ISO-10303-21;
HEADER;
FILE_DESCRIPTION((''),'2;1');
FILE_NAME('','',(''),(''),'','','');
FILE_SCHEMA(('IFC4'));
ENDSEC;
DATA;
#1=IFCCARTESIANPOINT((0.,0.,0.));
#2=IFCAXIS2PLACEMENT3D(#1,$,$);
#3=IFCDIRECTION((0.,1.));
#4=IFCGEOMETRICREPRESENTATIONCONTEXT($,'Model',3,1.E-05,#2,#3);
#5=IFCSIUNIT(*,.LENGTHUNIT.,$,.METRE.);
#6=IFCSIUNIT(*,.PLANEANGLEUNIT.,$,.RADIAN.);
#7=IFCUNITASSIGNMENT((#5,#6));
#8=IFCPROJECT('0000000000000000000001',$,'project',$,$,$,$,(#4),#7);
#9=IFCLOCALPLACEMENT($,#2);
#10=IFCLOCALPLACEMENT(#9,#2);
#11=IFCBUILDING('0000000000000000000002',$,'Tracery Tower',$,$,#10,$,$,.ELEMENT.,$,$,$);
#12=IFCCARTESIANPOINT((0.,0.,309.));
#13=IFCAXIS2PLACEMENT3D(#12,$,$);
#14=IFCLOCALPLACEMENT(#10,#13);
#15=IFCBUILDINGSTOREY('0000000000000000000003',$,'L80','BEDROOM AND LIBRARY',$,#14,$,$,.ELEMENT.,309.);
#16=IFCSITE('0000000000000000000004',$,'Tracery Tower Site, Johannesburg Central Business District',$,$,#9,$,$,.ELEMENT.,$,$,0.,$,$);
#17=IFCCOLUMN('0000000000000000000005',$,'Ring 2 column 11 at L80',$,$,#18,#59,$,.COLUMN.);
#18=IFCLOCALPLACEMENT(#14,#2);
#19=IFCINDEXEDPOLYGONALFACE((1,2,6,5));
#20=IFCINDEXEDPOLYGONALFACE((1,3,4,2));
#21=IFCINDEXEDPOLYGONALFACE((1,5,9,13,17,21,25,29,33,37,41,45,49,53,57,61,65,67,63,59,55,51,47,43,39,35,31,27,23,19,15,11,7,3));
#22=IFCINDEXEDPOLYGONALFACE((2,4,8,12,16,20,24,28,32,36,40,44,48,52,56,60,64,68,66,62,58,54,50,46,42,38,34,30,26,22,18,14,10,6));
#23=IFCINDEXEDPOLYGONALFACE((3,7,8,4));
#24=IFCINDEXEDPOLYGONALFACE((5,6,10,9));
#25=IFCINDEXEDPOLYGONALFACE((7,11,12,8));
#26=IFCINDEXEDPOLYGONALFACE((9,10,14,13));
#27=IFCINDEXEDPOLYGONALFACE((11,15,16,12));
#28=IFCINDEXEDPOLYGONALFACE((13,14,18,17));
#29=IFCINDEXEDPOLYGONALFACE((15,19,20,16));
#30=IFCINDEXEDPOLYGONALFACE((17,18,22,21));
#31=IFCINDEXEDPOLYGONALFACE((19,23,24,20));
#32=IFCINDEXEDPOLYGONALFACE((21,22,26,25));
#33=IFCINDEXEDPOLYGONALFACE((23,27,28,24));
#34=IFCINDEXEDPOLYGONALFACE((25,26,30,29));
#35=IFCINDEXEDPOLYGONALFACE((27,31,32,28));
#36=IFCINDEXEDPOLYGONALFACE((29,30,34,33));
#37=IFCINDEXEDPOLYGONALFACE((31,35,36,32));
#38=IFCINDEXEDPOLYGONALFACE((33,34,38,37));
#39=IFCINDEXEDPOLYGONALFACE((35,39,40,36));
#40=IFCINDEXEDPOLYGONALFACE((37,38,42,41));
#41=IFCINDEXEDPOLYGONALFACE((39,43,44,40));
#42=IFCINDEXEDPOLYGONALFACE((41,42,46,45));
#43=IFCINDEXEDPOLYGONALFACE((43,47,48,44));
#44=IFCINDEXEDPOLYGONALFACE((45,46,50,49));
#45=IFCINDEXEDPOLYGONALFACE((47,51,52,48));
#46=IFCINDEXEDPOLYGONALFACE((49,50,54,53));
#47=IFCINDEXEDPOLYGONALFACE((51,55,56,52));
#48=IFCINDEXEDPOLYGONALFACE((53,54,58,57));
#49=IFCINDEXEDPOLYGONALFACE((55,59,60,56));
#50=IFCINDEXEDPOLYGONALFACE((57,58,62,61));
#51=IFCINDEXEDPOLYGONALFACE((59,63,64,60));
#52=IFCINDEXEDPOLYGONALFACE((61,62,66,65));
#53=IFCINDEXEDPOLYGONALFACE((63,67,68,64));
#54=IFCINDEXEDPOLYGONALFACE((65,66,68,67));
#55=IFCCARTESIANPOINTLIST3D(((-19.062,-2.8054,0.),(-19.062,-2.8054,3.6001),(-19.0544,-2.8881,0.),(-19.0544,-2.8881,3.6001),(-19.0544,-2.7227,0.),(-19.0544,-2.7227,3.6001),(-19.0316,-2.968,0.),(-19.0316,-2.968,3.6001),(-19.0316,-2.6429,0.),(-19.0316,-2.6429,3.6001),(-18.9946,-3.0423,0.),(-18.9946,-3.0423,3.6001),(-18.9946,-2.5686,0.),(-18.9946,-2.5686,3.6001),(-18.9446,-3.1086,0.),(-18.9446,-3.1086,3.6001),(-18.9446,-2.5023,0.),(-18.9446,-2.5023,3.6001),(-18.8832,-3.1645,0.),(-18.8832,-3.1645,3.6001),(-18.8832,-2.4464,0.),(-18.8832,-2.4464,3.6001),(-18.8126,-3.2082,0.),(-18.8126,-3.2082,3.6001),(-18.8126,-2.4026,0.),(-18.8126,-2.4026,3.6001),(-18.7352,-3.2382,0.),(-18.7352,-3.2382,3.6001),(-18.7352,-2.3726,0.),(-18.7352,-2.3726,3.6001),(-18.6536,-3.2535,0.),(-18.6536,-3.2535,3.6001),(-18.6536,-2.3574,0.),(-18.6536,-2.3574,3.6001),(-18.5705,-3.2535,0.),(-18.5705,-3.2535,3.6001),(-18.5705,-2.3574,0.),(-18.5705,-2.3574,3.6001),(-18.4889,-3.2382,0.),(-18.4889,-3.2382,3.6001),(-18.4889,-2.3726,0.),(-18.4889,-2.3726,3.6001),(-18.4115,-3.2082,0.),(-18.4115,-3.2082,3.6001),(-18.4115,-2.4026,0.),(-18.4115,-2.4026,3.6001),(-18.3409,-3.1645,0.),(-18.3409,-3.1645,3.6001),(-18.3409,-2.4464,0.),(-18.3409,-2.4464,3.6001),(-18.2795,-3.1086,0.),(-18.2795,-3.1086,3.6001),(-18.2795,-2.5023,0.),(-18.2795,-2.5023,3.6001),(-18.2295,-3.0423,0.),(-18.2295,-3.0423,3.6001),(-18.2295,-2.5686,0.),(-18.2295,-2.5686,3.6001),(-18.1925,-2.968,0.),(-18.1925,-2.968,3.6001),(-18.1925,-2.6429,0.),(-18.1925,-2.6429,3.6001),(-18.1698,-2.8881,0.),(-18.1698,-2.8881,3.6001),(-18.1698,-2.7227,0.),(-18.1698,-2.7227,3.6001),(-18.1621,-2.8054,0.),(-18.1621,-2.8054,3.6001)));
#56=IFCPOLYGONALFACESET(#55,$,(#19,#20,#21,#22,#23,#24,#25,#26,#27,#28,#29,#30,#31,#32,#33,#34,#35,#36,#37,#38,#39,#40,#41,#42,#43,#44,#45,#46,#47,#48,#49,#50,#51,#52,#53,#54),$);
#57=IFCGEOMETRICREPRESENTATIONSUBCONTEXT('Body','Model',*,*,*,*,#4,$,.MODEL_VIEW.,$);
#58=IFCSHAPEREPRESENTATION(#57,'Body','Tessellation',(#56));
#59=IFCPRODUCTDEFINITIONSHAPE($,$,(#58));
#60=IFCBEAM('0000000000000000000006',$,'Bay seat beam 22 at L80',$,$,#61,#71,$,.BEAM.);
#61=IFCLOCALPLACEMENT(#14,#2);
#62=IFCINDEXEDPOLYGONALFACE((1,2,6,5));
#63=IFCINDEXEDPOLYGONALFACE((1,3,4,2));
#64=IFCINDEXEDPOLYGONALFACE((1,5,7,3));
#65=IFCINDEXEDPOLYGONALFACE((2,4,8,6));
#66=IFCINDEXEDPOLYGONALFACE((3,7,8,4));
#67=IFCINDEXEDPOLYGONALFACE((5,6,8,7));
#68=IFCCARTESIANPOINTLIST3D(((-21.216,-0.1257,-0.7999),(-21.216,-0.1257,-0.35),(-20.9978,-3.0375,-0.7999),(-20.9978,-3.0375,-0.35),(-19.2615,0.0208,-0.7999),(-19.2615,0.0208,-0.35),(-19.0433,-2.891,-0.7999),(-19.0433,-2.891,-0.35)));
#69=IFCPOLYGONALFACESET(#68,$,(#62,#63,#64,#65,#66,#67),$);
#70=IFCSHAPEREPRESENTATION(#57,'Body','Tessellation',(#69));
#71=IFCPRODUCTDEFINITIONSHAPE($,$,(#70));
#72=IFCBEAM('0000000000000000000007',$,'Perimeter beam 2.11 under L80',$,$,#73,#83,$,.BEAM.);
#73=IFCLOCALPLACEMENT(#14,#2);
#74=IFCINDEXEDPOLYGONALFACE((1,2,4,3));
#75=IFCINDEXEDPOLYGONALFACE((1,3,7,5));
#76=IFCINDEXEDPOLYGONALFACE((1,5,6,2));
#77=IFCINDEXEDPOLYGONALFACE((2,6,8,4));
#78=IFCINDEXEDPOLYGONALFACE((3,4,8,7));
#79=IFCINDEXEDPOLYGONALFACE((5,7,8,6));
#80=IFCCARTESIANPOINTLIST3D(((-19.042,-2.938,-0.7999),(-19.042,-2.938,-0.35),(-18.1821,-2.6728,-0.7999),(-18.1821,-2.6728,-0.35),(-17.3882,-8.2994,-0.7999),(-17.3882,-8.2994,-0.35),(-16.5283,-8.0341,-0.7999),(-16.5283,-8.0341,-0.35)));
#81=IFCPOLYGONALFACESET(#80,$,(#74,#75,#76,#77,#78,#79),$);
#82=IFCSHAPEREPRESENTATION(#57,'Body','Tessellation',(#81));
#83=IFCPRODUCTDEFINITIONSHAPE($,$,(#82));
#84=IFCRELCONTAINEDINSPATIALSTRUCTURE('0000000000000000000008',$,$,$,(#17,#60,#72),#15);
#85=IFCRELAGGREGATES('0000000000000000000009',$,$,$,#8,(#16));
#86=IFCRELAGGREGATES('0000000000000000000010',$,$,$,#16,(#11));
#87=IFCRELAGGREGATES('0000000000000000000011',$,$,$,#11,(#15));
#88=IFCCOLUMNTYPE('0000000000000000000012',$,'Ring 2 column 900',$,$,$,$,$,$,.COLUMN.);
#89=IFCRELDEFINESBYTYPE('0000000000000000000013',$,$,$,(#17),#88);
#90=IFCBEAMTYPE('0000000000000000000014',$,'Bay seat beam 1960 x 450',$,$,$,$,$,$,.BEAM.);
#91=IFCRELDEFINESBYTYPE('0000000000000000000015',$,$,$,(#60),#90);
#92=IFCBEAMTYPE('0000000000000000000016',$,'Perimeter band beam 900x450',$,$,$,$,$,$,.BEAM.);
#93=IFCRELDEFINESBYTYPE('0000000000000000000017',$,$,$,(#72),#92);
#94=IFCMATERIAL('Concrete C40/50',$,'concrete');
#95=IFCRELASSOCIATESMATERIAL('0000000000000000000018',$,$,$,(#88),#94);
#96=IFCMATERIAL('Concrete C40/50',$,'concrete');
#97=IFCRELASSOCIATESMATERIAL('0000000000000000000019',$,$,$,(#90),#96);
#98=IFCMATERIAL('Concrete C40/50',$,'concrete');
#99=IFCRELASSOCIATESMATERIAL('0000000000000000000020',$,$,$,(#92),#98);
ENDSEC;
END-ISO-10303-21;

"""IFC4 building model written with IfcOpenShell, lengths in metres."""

from ifc_helpers import new_model, si_unit, direction, frame, origin, origin_2d, place, context, subcontext, project, spatial, rectangle, circle, extrude, material, material_profile, profile_set, type_object, element, save


model = new_model("IFC4")

# Units and contexts
model_context = context("Model", 3, precision=1e-05, world=origin(), true_north=direction((0.0, 1.0)))
body_context = subcontext(model_context, "Body", "Model", "MODEL_VIEW")
ifc_project = project(units=[si_unit("LENGTHUNIT", "METRE"), si_unit("PLANEANGLEUNIT", "RADIAN")], contexts=[model_context])

# Site, building, storey
site_placement = place(None, origin())
site = spatial("IfcSite", under=ifc_project, at=site_placement, Name="Tracery Tower Site, Johannesburg Central Business District", CompositionType="ELEMENT", RefElevation=0.0)
building_placement = place(site_placement, origin())
building = spatial("IfcBuilding", under=site, at=building_placement, Name="Tracery Tower", CompositionType="ELEMENT")
storey_placement = place(building_placement, frame((0.0, 0.0, 309.0)))
storey = spatial("IfcBuildingStorey", under=building, at=storey_placement, Name="L80", Description="BEDROOM AND LIBRARY", CompositionType="ELEMENT", Elevation=309.0)

# Column
ifc_material_1 = material(Name="Concrete C40/50", Category="concrete")
ifc_material_profile_1 = material_profile(ifc_material_1, circle(Radius=0.45, at=origin_2d()), Name="RC D900")
ifc_profile_set_1 = profile_set([ifc_material_profile_1], Name="Concrete C40/50")
column_type = type_object("IfcColumnType", Name="Ring 2 column 900", PredefinedType="COLUMN", material=ifc_profile_set_1)
column_placement = place(storey_placement, frame((-18.6121, -2.8054, 0.0), z_axis=(0.0, 0.0, 1.0), x_axis=(1.0, 0.0, 0.0)))
element("IfcColumn", 1, at=column_placement, inside=storey, type_object=column_type, Name="Ring 2 column 11 at L80", PredefinedType="COLUMN", context=body_context, shape_type="SweptSolid", body=[
    extrude(circle(Radius=0.45, at=origin_2d()), origin(), (0.0, 0.0, 1.0), 3.6001),
])

# Beams
ifc_material_2 = material(Name="Concrete C40/50", Category="concrete")
ifc_material_profile_2 = material_profile(ifc_material_2, rectangle(XDim=1.96, YDim=0.45, at=origin_2d()), Name="RC 1960x450")
ifc_profile_set_2 = profile_set([ifc_material_profile_2], Name="Concrete C40/50")
beam_type_1 = type_object("IfcBeamType", Name="Bay seat beam 1960 x 450", PredefinedType="BEAM", material=ifc_profile_set_2)
beam_1_placement = place(storey_placement, frame((-20.2388, -0.0525, -0.575), z_axis=(0.074746, -0.997203, 0.0), x_axis=(0.997203, 0.074746, 0.0)))
element("IfcBeam", 2, at=beam_1_placement, inside=storey, type_object=beam_type_1, Name="Bay seat beam 22 at L80", PredefinedType="BEAM", context=body_context, shape_type="SweptSolid", body=[
    extrude(rectangle(XDim=1.96, YDim=0.45, at=origin_2d()), origin(), (0.0, 0.0, 1.0), 2.9199),
])
ifc_material_3 = material(Name="Concrete C40/50", Category="concrete")
ifc_material_profile_3 = material_profile(ifc_material_3, rectangle(XDim=0.8999, YDim=0.45, at=origin_2d()), Name="RC 900x450")
ifc_profile_set_3 = profile_set([ifc_material_profile_3], Name="Concrete C40/50")
beam_type_2 = type_object("IfcBeamType", Name="Perimeter band beam 900x450", PredefinedType="BEAM", material=ifc_profile_set_3)
beam_2_placement = place(storey_placement, frame((-18.6121, -2.8054, -0.575), z_axis=(0.294765, -0.95557, 0.0), x_axis=(0.95557, 0.294765, 0.0)))
element("IfcBeam", 3, at=beam_2_placement, inside=storey, type_object=beam_type_2, Name="Perimeter beam 2.11 under L80", PredefinedType="BEAM", context=body_context, shape_type="SweptSolid", body=[
    extrude(rectangle(XDim=0.8999, YDim=0.45, at=origin_2d()), origin(), (0.0, 0.0, 1.0), 5.6106),
])

save(model, "model.ifc")
